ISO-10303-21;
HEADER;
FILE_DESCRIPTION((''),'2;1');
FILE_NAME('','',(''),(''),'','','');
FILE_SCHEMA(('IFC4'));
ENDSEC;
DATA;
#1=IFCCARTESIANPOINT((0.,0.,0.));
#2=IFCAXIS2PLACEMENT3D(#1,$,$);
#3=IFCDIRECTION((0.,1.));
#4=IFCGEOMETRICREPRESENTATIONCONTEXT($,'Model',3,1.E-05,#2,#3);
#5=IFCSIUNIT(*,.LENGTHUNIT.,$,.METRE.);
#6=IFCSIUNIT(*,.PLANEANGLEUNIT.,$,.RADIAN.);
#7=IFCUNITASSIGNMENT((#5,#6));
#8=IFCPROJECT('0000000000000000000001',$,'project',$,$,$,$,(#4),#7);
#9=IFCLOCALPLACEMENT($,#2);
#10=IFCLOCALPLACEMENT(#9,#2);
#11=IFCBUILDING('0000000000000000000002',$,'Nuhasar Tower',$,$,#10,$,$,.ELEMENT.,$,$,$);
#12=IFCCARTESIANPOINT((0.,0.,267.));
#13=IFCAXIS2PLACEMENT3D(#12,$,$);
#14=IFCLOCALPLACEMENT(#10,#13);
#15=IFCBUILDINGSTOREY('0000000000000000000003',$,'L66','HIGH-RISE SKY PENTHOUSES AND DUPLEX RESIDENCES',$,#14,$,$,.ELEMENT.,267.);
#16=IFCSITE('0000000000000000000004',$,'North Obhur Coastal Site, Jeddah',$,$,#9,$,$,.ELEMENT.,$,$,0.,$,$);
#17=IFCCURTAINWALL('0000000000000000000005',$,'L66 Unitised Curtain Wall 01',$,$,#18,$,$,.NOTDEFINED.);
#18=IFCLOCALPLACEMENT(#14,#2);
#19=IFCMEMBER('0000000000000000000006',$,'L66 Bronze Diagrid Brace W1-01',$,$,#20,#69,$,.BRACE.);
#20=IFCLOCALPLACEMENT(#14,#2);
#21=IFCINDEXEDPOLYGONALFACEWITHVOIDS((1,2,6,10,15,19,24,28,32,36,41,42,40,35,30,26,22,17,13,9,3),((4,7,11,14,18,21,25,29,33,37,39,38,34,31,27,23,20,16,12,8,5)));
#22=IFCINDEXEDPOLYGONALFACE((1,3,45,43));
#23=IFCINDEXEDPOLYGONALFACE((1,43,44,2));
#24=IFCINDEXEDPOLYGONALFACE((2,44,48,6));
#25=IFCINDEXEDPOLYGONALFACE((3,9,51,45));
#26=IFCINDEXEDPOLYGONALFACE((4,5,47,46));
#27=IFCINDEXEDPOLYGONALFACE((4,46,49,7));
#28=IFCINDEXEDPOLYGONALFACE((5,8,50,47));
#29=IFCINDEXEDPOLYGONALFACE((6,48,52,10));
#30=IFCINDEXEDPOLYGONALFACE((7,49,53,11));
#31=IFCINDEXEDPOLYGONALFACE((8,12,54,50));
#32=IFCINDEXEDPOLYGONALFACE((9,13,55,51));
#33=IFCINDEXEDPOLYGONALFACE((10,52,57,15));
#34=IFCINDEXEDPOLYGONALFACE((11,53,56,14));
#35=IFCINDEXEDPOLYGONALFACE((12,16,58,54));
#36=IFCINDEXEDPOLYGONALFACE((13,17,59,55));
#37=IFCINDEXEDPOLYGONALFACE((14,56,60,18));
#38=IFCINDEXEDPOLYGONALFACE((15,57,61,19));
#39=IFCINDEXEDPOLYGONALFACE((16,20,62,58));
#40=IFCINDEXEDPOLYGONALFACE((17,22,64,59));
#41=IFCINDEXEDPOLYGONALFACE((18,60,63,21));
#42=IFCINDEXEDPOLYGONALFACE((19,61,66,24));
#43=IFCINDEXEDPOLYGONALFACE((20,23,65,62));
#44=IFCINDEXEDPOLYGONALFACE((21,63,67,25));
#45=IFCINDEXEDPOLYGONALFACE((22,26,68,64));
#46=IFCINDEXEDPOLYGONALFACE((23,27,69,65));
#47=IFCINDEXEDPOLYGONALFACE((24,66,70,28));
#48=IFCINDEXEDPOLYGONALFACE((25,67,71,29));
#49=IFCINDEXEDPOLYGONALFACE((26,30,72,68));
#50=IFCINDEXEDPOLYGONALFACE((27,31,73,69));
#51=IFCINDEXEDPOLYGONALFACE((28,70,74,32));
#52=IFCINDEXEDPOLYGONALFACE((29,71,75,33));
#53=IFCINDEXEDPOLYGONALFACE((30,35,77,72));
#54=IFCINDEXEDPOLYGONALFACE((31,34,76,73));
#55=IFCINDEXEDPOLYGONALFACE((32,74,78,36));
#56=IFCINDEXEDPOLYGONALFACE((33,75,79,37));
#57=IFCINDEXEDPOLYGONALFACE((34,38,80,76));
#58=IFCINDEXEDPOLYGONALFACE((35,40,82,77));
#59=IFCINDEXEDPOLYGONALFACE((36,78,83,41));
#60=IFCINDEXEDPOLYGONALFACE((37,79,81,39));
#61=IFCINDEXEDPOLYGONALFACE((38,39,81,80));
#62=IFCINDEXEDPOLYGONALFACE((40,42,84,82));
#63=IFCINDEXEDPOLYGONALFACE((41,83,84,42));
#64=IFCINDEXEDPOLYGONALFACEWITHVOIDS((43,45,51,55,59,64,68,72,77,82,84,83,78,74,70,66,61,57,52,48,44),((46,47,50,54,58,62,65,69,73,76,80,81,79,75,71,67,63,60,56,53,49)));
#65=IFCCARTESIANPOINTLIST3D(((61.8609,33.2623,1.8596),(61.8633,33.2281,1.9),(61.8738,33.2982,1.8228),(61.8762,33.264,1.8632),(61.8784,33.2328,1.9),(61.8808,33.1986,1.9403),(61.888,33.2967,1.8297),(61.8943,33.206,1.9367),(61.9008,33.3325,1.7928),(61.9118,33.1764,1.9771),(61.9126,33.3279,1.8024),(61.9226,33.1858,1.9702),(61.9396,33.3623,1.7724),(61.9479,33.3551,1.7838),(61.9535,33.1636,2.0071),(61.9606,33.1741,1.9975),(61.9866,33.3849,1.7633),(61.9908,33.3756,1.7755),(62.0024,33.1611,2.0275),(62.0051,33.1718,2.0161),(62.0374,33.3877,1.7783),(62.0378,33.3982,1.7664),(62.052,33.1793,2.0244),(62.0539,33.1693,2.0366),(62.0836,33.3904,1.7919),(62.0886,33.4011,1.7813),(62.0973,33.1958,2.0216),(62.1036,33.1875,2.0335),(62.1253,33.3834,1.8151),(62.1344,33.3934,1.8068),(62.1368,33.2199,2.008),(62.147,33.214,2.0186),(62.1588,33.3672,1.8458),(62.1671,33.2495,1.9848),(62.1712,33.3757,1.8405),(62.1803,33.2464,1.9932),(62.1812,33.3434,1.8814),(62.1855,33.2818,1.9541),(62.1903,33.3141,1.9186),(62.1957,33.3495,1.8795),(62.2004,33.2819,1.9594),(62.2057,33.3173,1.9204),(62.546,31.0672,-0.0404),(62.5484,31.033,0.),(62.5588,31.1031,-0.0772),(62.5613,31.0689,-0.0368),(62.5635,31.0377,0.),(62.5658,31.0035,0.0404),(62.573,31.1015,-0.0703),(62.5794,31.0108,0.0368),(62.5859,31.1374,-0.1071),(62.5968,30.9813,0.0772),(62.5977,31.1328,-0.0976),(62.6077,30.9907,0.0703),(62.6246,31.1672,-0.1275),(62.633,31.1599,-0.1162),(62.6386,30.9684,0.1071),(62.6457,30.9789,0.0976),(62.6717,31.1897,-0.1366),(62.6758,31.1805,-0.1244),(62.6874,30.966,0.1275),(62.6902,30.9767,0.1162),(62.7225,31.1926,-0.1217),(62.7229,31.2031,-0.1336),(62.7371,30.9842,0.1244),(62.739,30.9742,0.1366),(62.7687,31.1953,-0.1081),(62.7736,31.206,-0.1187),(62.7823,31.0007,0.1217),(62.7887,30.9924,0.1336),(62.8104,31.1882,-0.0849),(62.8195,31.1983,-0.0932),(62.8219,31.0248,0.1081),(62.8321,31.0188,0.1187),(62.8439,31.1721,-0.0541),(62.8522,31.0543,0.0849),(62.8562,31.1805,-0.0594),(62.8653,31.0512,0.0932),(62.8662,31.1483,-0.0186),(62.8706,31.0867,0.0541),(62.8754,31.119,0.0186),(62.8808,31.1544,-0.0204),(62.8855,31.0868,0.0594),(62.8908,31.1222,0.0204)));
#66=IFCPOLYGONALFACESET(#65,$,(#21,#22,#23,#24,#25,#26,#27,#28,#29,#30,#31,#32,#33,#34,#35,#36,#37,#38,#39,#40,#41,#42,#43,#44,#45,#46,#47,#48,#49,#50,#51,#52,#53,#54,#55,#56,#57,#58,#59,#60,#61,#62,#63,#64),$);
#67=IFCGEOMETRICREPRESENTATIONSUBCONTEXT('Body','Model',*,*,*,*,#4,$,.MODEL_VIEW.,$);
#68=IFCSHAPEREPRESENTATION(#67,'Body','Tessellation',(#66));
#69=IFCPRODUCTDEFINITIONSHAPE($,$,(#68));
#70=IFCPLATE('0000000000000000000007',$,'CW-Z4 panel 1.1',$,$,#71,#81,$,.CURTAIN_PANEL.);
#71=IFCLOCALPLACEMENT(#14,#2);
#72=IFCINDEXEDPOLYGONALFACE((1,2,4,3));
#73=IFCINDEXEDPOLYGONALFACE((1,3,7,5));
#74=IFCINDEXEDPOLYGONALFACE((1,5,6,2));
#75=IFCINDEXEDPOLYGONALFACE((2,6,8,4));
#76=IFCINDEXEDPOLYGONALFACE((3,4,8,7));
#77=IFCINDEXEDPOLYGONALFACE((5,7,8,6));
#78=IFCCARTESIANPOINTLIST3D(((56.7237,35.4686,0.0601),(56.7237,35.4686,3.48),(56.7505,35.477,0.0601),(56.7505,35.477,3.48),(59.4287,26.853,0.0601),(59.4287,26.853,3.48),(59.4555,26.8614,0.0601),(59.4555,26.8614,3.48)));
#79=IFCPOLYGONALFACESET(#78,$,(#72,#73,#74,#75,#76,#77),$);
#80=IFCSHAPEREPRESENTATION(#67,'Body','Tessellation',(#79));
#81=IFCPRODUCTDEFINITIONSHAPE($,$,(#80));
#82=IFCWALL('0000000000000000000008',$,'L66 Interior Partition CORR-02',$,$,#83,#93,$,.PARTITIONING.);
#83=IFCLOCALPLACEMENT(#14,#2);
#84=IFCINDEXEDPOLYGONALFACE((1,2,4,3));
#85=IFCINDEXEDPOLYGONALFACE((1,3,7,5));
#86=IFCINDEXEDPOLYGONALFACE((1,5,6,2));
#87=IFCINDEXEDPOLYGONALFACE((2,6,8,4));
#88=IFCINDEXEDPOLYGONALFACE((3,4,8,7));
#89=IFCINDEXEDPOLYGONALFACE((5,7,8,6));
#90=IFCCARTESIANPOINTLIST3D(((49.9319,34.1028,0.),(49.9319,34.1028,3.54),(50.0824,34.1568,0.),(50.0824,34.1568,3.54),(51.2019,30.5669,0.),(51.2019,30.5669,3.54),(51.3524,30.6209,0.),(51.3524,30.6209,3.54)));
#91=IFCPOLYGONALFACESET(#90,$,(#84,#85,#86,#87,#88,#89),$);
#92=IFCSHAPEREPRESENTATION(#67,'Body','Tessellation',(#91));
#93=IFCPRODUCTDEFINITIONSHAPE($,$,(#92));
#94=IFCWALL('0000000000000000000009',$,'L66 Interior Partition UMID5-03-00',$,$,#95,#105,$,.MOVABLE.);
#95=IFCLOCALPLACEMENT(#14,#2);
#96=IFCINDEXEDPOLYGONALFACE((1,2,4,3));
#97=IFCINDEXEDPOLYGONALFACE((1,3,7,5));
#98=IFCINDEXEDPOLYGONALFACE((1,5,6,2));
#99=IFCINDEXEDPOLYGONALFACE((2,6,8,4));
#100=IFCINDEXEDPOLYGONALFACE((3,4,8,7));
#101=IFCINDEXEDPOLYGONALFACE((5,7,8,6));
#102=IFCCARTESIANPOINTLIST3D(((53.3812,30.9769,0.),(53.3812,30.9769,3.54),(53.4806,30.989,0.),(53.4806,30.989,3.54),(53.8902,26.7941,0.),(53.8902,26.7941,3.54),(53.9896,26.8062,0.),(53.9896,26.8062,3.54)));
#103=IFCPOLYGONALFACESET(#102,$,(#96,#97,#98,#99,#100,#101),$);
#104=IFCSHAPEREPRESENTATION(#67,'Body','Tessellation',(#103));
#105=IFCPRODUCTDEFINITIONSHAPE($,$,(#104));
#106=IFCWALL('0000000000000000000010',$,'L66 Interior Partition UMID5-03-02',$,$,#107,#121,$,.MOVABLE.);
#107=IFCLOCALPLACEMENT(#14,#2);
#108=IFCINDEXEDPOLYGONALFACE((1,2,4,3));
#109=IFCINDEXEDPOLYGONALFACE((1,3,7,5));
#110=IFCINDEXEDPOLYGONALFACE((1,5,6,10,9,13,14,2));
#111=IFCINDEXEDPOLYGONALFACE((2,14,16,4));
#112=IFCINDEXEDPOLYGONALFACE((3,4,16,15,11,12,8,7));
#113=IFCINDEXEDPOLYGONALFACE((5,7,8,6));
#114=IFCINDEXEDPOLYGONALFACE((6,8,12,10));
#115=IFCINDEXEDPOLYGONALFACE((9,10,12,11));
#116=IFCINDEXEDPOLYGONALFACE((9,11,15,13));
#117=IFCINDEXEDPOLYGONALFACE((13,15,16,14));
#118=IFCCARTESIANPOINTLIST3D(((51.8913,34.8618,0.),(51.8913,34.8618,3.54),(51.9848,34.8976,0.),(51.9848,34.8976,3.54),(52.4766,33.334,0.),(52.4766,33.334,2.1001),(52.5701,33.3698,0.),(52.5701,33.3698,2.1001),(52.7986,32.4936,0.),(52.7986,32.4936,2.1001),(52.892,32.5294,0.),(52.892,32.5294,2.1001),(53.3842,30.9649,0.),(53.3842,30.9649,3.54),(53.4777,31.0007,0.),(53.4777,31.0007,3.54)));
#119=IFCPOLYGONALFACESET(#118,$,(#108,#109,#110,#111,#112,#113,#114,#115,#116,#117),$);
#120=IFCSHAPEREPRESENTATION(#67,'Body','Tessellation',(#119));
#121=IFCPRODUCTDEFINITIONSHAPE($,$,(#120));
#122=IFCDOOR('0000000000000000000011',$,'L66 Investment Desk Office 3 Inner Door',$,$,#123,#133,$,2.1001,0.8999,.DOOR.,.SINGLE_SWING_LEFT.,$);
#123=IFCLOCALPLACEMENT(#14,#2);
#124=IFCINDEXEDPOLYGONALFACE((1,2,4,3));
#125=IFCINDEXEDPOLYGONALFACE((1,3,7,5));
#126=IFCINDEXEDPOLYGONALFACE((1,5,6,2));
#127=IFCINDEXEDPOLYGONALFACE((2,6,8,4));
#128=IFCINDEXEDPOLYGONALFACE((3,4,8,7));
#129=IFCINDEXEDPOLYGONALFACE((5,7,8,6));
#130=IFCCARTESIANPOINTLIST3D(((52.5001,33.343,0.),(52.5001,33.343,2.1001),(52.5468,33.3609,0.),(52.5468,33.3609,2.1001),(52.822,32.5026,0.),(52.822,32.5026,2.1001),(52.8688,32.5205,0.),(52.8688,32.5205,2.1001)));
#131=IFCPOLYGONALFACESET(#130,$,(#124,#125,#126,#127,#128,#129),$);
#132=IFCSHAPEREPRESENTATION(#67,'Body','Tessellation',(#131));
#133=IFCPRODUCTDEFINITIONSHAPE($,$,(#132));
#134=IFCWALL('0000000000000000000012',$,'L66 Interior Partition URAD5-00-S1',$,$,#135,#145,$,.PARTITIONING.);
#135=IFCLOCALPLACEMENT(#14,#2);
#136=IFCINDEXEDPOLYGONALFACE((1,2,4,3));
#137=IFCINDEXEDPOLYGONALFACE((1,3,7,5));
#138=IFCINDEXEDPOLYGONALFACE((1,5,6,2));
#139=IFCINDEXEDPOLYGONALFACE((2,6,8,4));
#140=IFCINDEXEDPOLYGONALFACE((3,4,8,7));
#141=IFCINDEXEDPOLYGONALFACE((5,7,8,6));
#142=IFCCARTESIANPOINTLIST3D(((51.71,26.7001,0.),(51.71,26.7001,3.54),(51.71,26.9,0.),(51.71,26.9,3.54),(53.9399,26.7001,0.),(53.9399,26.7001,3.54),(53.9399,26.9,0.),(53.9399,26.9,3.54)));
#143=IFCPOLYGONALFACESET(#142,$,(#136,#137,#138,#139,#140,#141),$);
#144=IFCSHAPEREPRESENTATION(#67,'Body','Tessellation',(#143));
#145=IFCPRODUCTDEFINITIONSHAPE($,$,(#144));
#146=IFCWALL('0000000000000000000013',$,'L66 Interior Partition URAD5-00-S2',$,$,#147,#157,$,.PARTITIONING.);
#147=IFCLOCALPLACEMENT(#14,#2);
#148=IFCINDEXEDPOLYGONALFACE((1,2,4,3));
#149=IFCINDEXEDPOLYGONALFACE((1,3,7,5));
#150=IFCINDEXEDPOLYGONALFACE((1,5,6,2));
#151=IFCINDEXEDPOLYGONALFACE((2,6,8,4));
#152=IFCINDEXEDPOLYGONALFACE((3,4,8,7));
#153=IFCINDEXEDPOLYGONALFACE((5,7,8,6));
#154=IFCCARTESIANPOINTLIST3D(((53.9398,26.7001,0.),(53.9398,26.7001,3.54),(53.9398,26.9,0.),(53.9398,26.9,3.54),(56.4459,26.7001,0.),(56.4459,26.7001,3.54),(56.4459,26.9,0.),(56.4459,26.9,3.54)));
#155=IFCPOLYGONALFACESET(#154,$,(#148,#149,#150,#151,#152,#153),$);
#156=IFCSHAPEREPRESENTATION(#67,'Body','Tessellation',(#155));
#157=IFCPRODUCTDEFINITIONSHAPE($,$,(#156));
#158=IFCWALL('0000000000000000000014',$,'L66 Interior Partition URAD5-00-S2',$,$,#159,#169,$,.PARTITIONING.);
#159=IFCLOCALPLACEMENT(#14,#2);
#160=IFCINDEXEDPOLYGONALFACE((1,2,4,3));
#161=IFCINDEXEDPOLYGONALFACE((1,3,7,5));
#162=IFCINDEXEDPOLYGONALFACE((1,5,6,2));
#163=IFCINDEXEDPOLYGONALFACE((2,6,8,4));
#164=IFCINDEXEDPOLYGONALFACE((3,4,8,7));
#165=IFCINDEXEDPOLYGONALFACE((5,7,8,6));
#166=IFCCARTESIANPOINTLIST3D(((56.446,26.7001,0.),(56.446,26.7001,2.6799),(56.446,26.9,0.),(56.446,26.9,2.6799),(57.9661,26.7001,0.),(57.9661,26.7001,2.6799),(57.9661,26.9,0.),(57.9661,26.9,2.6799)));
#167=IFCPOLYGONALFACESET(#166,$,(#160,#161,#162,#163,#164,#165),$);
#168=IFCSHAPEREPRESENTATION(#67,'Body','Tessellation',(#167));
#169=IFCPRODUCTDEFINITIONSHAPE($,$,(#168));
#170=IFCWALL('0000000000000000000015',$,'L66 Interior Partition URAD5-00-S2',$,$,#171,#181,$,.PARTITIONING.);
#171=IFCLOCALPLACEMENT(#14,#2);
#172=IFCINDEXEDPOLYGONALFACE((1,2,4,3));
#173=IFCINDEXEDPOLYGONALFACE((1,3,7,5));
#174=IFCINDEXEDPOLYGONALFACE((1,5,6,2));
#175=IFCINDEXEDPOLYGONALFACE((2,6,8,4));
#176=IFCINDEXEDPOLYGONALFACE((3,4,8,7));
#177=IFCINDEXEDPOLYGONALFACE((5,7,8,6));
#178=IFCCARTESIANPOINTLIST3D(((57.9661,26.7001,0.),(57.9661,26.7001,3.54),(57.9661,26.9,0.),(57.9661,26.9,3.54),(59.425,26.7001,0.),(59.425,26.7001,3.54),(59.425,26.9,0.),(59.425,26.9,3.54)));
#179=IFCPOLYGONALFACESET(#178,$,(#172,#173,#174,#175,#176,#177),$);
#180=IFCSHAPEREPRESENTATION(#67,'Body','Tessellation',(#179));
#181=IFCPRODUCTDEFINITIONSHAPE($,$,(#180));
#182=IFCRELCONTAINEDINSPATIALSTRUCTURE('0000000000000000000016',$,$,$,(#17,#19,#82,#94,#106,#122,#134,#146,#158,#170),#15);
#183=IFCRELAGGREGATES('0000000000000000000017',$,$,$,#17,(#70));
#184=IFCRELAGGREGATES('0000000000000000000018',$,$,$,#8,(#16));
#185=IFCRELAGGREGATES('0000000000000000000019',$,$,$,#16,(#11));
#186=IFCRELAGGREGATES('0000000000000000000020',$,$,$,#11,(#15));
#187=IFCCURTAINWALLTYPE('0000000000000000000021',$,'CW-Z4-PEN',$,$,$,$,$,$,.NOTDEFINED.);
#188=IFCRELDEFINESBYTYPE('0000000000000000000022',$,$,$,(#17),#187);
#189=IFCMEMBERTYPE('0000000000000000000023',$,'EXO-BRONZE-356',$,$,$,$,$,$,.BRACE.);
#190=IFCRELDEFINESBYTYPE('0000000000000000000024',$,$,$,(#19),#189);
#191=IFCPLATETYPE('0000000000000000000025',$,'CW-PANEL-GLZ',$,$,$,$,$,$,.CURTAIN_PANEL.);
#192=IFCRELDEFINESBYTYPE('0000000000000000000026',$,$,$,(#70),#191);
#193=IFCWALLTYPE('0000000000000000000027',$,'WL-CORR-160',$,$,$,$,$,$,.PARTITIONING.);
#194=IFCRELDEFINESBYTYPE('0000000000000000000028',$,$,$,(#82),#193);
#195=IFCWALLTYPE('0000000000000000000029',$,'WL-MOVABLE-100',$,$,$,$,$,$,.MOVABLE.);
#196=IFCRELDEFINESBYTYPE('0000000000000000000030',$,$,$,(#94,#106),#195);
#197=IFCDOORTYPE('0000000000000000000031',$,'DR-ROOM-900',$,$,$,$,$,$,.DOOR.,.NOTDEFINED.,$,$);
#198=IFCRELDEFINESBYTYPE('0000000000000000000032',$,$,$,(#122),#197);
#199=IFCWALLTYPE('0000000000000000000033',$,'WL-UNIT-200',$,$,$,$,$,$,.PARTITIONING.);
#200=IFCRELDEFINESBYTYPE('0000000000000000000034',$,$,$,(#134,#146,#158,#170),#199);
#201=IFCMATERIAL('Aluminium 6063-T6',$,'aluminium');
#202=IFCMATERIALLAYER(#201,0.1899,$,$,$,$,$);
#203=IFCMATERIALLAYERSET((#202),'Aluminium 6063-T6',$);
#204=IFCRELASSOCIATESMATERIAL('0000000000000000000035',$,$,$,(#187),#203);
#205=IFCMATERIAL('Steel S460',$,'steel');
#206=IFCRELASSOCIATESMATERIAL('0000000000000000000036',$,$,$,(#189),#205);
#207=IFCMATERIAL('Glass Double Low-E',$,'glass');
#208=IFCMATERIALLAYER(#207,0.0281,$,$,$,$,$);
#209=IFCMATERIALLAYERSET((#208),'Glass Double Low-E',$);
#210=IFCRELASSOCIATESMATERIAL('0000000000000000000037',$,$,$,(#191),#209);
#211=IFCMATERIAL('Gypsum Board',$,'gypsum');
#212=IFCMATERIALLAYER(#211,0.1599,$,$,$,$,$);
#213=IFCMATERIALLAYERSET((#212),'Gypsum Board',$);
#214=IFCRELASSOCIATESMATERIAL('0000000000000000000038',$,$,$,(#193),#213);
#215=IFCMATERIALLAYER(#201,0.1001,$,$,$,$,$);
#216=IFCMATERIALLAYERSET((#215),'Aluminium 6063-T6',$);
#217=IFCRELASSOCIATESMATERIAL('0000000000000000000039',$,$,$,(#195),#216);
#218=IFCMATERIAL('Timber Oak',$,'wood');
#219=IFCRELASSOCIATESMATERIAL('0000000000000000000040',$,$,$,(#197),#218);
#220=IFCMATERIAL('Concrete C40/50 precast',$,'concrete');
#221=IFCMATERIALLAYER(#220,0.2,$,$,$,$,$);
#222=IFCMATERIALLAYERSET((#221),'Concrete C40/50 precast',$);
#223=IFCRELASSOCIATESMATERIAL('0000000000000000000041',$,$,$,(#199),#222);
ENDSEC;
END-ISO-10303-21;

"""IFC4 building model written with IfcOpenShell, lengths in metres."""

from ifc_helpers import new_model, si_unit, direction, frame, frame_2d, origin, origin_2d, place, context, subcontext, project, spatial, rectangle, hollow_circle, extrude, material, layer, layer_set, material_profile, profile_set, type_object, element, fill, aggregate, save


model = new_model("IFC4")

# Units and contexts
model_context = context("Model", 3, precision=1e-05, world=origin(), true_north=direction((0.0, 1.0)))
body_context = subcontext(model_context, "Body", "Model", "MODEL_VIEW")
ifc_project = project(units=[si_unit("LENGTHUNIT", "METRE"), si_unit("PLANEANGLEUNIT", "RADIAN")], contexts=[model_context])

# Site, building, storey
site_placement = place(None, origin())
site = spatial("IfcSite", under=ifc_project, at=site_placement, Name="North Obhur Coastal Site, Jeddah", CompositionType="ELEMENT", RefElevation=0.0)
building_placement = place(site_placement, origin())
building = spatial("IfcBuilding", under=site, at=building_placement, Name="Nuhasar Tower", CompositionType="ELEMENT")
storey_placement = place(building_placement, frame((0.0, 0.0, 267.0)))
storey = spatial("IfcBuildingStorey", under=building, at=storey_placement, Name="L66", Description="HIGH-RISE SKY PENTHOUSES AND DUPLEX RESIDENCES", CompositionType="ELEMENT", Elevation=267.0)

# Curtain wall
ifc_material_1 = material(Name="Aluminium 6063-T6", Category="aluminium")
ifc_layer_1 = layer(ifc_material_1, 0.1899)
ifc_layer_set_1 = layer_set([ifc_layer_1], Name="Aluminium 6063-T6")
curtain_wall_type = type_object("IfcCurtainWallType", Name="CW-Z4-PEN", PredefinedType="NOTDEFINED", material=ifc_layer_set_1)
curtain_wall_1_placement = place(storey_placement, origin())
curtain_wall_1 = element("IfcCurtainWall", 1, at=curtain_wall_1_placement, inside=storey, type_object=curtain_wall_type, Name="L66 Unitised Curtain Wall 01", PredefinedType="NOTDEFINED")

# Member
ifc_material_2 = material(Name="Steel S460", Category="steel")
ifc_material_profile_1 = material_profile(ifc_material_2, hollow_circle(Radius=0.1777, WallThickness=0.0159, at=origin_2d()), Name="HSS355.6X15.9")
ifc_profile_set_1 = profile_set([ifc_material_profile_1], Name="Steel S460")
member_type_1 = type_object("IfcMemberType", Name="EXO-BRONZE-356", PredefinedType="BRACE", material=ifc_profile_set_1)
member_1_placement = place(storey_placement, frame((62.718, 31.0859, 0.0), z_axis=(-0.229668, 0.735902, 0.636947), x_axis=(-0.954591, -0.297918, 0.0)))
element("IfcMember", 2, at=member_1_placement, inside=storey, type_object=member_type_1, Name="L66 Bronze Diagrid Brace W1-01", PredefinedType="BRACE", context=body_context, shape_type="SweptSolid", body=[
    extrude(hollow_circle(Radius=0.1777, WallThickness=0.0159, at=origin_2d()), origin(), (0.0, 0.0, 1.0), 2.9829),
])

# Plate
ifc_material_3 = material(Name="Glass Double Low-E", Category="glass")
ifc_layer_2 = layer(ifc_material_3, 0.0281)
ifc_layer_set_2 = layer_set([ifc_layer_2], Name="Glass Double Low-E")
plate_type = type_object("IfcPlateType", Name="CW-PANEL-GLZ", PredefinedType="CURTAIN_PANEL", material=ifc_layer_set_2)
plate_placement = place(storey_placement, frame((58.0896, 31.165, 0.0601), z_axis=(0.0, 0.0, 1.0), x_axis=(-0.299557, 0.954079, 0.0)))
plate = element("IfcPlate", 3, at=plate_placement, type_object=plate_type, Name="CW-Z4 panel 1.1", PredefinedType="CURTAIN_PANEL", context=body_context, shape_type="SweptSolid", body=[
    extrude(rectangle(XDim=9.0303, YDim=0.0281, at=origin_2d()), origin(), (0.0, 0.0, 1.0), 3.4199),
])
aggregate(curtain_wall_1, [plate])

# Shared definitions
ifc_material_4 = material(Name="Gypsum Board", Category="gypsum")
ifc_layer_3 = layer(ifc_material_4, 0.1599)
ifc_layer_set_3 = layer_set([ifc_layer_3], Name="Gypsum Board")
wall_type_1 = type_object("IfcWallType", Name="WL-CORR-160", PredefinedType="PARTITIONING", material=ifc_layer_set_3)
ifc_material_5 = material(Name="Timber Oak", Category="wood")

# Walls
wall_1_placement = place(storey_placement, frame((51.2771, 30.594, 0.0), z_axis=(0.0, 0.0, 1.0), x_axis=(-0.338036, 0.941133, 0.0)))
element("IfcWall", 4, at=wall_1_placement, inside=storey, type_object=wall_type_1, Name="L66 Interior Partition CORR-02", PredefinedType="PARTITIONING", context=body_context, shape_type="SweptSolid", body=[
    extrude(rectangle(XDim=3.7571, YDim=0.1599, at=frame_2d((1.8784, 0.0))), origin(), (0.0, 0.0, 1.0), 3.54),
])
ifc_layer_4 = layer(ifc_material_1, 0.1001)
ifc_layer_set_4 = layer_set([ifc_layer_4], Name="Aluminium 6063-T6")
wall_type_2 = type_object("IfcWallType", Name="WL-MOVABLE-100", PredefinedType="MOVABLE", material=ifc_layer_set_4)
wall_2_placement = place(storey_placement, frame((53.9399, 26.8, 0.0), z_axis=(0.0, 0.0, 1.0), x_axis=(-0.120804, 0.992676, 0.0)))
element("IfcWall", 5, at=wall_2_placement, inside=storey, type_object=wall_type_2, Name="L66 Interior Partition UMID5-03-00", PredefinedType="MOVABLE", context=body_context, shape_type="SweptSolid", body=[
    extrude(rectangle(XDim=4.2136, YDim=0.1001, at=frame_2d((2.1069, 0.0))), origin(), (0.0, 0.0, 1.0), 3.54),
])

# Wall, opening, door
wall_3_placement = place(storey_placement, frame((53.4309, 30.9829, 0.0), z_axis=(0.0, 0.0, 1.0), x_axis=(-0.357744, 0.93382, 0.0)))
wall_3 = element("IfcWall", 6, at=wall_3_placement, inside=storey, type_object=wall_type_2, Name="L66 Interior Partition UMID5-03-02", PredefinedType="MOVABLE", context=body_context, shape_type="SweptSolid", body=[
    extrude(rectangle(XDim=4.1731, YDim=0.1001, at=frame_2d((2.0864, 0.0))), origin(), (0.0, 0.0, 1.0), 3.54),
])
opening_1_placement = place(wall_3_placement, frame((1.637, 0.0, 0.0)))
opening_1 = element("IfcOpeningElement", 7, at=opening_1_placement, cuts=wall_3, PredefinedType="OPENING", context=body_context, shape_type="SweptSolid", body=[
    extrude(rectangle(XDim=0.8999, YDim=2.1001, at=frame_2d((0.45, 1.05))), frame((0.0, 0.0601, 0.0), z_axis=(0.0, -1.0, 0.0), x_axis=(1.0, 0.0, 0.0)), (0.0, 0.0, 1.0), 0.1201),
])
door_type_1 = type_object("IfcDoorType", Name="DR-ROOM-900", OperationType="NOTDEFINED", PredefinedType="DOOR", material=ifc_material_5)
door_1_placement = place(opening_1_placement, origin())
door_1 = element("IfcDoor", 8, at=door_1_placement, inside=storey, type_object=door_type_1, Name="L66 Investment Desk Office 3 Inner Door", OperationType="SINGLE_SWING_LEFT", OverallHeight=2.1001, OverallWidth=0.8999, PredefinedType="DOOR", context=body_context, shape_type="SweptSolid", body=[
    extrude(rectangle(XDim=0.8999, YDim=2.1001, at=frame_2d((0.45, 1.05))), frame((0.0, 0.0249, 0.0), z_axis=(0.0, -1.0, 0.0), x_axis=(1.0, 0.0, 0.0)), (0.0, 0.0, 1.0), 0.05),
])
fill(opening_1, door_1)

# Walls
ifc_material_6 = material(Name="Concrete C40/50 precast", Category="concrete")
ifc_layer_5 = layer(ifc_material_6, 0.2)
ifc_layer_set_5 = layer_set([ifc_layer_5], Name="Concrete C40/50 precast")
wall_type_3 = type_object("IfcWallType", Name="WL-UNIT-200", PredefinedType="PARTITIONING", material=ifc_layer_set_5)
wall_4_placement = place(storey_placement, frame((51.71, 26.8, 0.0), z_axis=(0.0, 0.0, 1.0), x_axis=(1.0, 0.0, 0.0)))
element("IfcWall", 9, at=wall_4_placement, inside=storey, type_object=wall_type_3, Name="L66 Interior Partition URAD5-00-S1", PredefinedType="PARTITIONING", context=body_context, shape_type="SweptSolid", body=[
    extrude(rectangle(XDim=2.23, YDim=0.2, at=frame_2d((1.115, 0.0))), origin(), (0.0, 0.0, 1.0), 3.54),
])
wall_5_placement = place(storey_placement, frame((53.9399, 26.8, 0.0), z_axis=(0.0, 0.0, 1.0), x_axis=(1.0, 0.0, 0.0)))
element("IfcWall", 10, at=wall_5_placement, inside=storey, type_object=wall_type_3, Name="L66 Interior Partition URAD5-00-S2", PredefinedType="PARTITIONING", context=body_context, shape_type="SweptSolid", body=[
    extrude(rectangle(XDim=2.5061, YDim=0.2, at=frame_2d((1.2529, 0.0))), origin(), (0.0, 0.0, 1.0), 3.54),
])
wall_6_placement = place(storey_placement, frame((56.446, 26.8, 0.0), z_axis=(0.0, 0.0, 1.0), x_axis=(1.0, 0.0, 0.0)))
element("IfcWall", 11, at=wall_6_placement, inside=storey, type_object=wall_type_3, Name="L66 Interior Partition URAD5-00-S2", PredefinedType="PARTITIONING", context=body_context, shape_type="SweptSolid", body=[
    extrude(rectangle(XDim=1.52, YDim=0.2, at=frame_2d((0.76, 0.0))), origin(), (0.0, 0.0, 1.0), 2.6799),
])
wall_7_placement = place(storey_placement, frame((57.9661, 26.8, 0.0), z_axis=(0.0, 0.0, 1.0), x_axis=(1.0, 0.0, 0.0)))
element("IfcWall", 12, at=wall_7_placement, inside=storey, type_object=wall_type_3, Name="L66 Interior Partition URAD5-00-S2", PredefinedType="PARTITIONING", context=body_context, shape_type="SweptSolid", body=[
    extrude(rectangle(XDim=1.459, YDim=0.2, at=frame_2d((0.7295, 0.0))), origin(), (0.0, 0.0, 1.0), 3.54),
])

save(model, "model.ifc")
